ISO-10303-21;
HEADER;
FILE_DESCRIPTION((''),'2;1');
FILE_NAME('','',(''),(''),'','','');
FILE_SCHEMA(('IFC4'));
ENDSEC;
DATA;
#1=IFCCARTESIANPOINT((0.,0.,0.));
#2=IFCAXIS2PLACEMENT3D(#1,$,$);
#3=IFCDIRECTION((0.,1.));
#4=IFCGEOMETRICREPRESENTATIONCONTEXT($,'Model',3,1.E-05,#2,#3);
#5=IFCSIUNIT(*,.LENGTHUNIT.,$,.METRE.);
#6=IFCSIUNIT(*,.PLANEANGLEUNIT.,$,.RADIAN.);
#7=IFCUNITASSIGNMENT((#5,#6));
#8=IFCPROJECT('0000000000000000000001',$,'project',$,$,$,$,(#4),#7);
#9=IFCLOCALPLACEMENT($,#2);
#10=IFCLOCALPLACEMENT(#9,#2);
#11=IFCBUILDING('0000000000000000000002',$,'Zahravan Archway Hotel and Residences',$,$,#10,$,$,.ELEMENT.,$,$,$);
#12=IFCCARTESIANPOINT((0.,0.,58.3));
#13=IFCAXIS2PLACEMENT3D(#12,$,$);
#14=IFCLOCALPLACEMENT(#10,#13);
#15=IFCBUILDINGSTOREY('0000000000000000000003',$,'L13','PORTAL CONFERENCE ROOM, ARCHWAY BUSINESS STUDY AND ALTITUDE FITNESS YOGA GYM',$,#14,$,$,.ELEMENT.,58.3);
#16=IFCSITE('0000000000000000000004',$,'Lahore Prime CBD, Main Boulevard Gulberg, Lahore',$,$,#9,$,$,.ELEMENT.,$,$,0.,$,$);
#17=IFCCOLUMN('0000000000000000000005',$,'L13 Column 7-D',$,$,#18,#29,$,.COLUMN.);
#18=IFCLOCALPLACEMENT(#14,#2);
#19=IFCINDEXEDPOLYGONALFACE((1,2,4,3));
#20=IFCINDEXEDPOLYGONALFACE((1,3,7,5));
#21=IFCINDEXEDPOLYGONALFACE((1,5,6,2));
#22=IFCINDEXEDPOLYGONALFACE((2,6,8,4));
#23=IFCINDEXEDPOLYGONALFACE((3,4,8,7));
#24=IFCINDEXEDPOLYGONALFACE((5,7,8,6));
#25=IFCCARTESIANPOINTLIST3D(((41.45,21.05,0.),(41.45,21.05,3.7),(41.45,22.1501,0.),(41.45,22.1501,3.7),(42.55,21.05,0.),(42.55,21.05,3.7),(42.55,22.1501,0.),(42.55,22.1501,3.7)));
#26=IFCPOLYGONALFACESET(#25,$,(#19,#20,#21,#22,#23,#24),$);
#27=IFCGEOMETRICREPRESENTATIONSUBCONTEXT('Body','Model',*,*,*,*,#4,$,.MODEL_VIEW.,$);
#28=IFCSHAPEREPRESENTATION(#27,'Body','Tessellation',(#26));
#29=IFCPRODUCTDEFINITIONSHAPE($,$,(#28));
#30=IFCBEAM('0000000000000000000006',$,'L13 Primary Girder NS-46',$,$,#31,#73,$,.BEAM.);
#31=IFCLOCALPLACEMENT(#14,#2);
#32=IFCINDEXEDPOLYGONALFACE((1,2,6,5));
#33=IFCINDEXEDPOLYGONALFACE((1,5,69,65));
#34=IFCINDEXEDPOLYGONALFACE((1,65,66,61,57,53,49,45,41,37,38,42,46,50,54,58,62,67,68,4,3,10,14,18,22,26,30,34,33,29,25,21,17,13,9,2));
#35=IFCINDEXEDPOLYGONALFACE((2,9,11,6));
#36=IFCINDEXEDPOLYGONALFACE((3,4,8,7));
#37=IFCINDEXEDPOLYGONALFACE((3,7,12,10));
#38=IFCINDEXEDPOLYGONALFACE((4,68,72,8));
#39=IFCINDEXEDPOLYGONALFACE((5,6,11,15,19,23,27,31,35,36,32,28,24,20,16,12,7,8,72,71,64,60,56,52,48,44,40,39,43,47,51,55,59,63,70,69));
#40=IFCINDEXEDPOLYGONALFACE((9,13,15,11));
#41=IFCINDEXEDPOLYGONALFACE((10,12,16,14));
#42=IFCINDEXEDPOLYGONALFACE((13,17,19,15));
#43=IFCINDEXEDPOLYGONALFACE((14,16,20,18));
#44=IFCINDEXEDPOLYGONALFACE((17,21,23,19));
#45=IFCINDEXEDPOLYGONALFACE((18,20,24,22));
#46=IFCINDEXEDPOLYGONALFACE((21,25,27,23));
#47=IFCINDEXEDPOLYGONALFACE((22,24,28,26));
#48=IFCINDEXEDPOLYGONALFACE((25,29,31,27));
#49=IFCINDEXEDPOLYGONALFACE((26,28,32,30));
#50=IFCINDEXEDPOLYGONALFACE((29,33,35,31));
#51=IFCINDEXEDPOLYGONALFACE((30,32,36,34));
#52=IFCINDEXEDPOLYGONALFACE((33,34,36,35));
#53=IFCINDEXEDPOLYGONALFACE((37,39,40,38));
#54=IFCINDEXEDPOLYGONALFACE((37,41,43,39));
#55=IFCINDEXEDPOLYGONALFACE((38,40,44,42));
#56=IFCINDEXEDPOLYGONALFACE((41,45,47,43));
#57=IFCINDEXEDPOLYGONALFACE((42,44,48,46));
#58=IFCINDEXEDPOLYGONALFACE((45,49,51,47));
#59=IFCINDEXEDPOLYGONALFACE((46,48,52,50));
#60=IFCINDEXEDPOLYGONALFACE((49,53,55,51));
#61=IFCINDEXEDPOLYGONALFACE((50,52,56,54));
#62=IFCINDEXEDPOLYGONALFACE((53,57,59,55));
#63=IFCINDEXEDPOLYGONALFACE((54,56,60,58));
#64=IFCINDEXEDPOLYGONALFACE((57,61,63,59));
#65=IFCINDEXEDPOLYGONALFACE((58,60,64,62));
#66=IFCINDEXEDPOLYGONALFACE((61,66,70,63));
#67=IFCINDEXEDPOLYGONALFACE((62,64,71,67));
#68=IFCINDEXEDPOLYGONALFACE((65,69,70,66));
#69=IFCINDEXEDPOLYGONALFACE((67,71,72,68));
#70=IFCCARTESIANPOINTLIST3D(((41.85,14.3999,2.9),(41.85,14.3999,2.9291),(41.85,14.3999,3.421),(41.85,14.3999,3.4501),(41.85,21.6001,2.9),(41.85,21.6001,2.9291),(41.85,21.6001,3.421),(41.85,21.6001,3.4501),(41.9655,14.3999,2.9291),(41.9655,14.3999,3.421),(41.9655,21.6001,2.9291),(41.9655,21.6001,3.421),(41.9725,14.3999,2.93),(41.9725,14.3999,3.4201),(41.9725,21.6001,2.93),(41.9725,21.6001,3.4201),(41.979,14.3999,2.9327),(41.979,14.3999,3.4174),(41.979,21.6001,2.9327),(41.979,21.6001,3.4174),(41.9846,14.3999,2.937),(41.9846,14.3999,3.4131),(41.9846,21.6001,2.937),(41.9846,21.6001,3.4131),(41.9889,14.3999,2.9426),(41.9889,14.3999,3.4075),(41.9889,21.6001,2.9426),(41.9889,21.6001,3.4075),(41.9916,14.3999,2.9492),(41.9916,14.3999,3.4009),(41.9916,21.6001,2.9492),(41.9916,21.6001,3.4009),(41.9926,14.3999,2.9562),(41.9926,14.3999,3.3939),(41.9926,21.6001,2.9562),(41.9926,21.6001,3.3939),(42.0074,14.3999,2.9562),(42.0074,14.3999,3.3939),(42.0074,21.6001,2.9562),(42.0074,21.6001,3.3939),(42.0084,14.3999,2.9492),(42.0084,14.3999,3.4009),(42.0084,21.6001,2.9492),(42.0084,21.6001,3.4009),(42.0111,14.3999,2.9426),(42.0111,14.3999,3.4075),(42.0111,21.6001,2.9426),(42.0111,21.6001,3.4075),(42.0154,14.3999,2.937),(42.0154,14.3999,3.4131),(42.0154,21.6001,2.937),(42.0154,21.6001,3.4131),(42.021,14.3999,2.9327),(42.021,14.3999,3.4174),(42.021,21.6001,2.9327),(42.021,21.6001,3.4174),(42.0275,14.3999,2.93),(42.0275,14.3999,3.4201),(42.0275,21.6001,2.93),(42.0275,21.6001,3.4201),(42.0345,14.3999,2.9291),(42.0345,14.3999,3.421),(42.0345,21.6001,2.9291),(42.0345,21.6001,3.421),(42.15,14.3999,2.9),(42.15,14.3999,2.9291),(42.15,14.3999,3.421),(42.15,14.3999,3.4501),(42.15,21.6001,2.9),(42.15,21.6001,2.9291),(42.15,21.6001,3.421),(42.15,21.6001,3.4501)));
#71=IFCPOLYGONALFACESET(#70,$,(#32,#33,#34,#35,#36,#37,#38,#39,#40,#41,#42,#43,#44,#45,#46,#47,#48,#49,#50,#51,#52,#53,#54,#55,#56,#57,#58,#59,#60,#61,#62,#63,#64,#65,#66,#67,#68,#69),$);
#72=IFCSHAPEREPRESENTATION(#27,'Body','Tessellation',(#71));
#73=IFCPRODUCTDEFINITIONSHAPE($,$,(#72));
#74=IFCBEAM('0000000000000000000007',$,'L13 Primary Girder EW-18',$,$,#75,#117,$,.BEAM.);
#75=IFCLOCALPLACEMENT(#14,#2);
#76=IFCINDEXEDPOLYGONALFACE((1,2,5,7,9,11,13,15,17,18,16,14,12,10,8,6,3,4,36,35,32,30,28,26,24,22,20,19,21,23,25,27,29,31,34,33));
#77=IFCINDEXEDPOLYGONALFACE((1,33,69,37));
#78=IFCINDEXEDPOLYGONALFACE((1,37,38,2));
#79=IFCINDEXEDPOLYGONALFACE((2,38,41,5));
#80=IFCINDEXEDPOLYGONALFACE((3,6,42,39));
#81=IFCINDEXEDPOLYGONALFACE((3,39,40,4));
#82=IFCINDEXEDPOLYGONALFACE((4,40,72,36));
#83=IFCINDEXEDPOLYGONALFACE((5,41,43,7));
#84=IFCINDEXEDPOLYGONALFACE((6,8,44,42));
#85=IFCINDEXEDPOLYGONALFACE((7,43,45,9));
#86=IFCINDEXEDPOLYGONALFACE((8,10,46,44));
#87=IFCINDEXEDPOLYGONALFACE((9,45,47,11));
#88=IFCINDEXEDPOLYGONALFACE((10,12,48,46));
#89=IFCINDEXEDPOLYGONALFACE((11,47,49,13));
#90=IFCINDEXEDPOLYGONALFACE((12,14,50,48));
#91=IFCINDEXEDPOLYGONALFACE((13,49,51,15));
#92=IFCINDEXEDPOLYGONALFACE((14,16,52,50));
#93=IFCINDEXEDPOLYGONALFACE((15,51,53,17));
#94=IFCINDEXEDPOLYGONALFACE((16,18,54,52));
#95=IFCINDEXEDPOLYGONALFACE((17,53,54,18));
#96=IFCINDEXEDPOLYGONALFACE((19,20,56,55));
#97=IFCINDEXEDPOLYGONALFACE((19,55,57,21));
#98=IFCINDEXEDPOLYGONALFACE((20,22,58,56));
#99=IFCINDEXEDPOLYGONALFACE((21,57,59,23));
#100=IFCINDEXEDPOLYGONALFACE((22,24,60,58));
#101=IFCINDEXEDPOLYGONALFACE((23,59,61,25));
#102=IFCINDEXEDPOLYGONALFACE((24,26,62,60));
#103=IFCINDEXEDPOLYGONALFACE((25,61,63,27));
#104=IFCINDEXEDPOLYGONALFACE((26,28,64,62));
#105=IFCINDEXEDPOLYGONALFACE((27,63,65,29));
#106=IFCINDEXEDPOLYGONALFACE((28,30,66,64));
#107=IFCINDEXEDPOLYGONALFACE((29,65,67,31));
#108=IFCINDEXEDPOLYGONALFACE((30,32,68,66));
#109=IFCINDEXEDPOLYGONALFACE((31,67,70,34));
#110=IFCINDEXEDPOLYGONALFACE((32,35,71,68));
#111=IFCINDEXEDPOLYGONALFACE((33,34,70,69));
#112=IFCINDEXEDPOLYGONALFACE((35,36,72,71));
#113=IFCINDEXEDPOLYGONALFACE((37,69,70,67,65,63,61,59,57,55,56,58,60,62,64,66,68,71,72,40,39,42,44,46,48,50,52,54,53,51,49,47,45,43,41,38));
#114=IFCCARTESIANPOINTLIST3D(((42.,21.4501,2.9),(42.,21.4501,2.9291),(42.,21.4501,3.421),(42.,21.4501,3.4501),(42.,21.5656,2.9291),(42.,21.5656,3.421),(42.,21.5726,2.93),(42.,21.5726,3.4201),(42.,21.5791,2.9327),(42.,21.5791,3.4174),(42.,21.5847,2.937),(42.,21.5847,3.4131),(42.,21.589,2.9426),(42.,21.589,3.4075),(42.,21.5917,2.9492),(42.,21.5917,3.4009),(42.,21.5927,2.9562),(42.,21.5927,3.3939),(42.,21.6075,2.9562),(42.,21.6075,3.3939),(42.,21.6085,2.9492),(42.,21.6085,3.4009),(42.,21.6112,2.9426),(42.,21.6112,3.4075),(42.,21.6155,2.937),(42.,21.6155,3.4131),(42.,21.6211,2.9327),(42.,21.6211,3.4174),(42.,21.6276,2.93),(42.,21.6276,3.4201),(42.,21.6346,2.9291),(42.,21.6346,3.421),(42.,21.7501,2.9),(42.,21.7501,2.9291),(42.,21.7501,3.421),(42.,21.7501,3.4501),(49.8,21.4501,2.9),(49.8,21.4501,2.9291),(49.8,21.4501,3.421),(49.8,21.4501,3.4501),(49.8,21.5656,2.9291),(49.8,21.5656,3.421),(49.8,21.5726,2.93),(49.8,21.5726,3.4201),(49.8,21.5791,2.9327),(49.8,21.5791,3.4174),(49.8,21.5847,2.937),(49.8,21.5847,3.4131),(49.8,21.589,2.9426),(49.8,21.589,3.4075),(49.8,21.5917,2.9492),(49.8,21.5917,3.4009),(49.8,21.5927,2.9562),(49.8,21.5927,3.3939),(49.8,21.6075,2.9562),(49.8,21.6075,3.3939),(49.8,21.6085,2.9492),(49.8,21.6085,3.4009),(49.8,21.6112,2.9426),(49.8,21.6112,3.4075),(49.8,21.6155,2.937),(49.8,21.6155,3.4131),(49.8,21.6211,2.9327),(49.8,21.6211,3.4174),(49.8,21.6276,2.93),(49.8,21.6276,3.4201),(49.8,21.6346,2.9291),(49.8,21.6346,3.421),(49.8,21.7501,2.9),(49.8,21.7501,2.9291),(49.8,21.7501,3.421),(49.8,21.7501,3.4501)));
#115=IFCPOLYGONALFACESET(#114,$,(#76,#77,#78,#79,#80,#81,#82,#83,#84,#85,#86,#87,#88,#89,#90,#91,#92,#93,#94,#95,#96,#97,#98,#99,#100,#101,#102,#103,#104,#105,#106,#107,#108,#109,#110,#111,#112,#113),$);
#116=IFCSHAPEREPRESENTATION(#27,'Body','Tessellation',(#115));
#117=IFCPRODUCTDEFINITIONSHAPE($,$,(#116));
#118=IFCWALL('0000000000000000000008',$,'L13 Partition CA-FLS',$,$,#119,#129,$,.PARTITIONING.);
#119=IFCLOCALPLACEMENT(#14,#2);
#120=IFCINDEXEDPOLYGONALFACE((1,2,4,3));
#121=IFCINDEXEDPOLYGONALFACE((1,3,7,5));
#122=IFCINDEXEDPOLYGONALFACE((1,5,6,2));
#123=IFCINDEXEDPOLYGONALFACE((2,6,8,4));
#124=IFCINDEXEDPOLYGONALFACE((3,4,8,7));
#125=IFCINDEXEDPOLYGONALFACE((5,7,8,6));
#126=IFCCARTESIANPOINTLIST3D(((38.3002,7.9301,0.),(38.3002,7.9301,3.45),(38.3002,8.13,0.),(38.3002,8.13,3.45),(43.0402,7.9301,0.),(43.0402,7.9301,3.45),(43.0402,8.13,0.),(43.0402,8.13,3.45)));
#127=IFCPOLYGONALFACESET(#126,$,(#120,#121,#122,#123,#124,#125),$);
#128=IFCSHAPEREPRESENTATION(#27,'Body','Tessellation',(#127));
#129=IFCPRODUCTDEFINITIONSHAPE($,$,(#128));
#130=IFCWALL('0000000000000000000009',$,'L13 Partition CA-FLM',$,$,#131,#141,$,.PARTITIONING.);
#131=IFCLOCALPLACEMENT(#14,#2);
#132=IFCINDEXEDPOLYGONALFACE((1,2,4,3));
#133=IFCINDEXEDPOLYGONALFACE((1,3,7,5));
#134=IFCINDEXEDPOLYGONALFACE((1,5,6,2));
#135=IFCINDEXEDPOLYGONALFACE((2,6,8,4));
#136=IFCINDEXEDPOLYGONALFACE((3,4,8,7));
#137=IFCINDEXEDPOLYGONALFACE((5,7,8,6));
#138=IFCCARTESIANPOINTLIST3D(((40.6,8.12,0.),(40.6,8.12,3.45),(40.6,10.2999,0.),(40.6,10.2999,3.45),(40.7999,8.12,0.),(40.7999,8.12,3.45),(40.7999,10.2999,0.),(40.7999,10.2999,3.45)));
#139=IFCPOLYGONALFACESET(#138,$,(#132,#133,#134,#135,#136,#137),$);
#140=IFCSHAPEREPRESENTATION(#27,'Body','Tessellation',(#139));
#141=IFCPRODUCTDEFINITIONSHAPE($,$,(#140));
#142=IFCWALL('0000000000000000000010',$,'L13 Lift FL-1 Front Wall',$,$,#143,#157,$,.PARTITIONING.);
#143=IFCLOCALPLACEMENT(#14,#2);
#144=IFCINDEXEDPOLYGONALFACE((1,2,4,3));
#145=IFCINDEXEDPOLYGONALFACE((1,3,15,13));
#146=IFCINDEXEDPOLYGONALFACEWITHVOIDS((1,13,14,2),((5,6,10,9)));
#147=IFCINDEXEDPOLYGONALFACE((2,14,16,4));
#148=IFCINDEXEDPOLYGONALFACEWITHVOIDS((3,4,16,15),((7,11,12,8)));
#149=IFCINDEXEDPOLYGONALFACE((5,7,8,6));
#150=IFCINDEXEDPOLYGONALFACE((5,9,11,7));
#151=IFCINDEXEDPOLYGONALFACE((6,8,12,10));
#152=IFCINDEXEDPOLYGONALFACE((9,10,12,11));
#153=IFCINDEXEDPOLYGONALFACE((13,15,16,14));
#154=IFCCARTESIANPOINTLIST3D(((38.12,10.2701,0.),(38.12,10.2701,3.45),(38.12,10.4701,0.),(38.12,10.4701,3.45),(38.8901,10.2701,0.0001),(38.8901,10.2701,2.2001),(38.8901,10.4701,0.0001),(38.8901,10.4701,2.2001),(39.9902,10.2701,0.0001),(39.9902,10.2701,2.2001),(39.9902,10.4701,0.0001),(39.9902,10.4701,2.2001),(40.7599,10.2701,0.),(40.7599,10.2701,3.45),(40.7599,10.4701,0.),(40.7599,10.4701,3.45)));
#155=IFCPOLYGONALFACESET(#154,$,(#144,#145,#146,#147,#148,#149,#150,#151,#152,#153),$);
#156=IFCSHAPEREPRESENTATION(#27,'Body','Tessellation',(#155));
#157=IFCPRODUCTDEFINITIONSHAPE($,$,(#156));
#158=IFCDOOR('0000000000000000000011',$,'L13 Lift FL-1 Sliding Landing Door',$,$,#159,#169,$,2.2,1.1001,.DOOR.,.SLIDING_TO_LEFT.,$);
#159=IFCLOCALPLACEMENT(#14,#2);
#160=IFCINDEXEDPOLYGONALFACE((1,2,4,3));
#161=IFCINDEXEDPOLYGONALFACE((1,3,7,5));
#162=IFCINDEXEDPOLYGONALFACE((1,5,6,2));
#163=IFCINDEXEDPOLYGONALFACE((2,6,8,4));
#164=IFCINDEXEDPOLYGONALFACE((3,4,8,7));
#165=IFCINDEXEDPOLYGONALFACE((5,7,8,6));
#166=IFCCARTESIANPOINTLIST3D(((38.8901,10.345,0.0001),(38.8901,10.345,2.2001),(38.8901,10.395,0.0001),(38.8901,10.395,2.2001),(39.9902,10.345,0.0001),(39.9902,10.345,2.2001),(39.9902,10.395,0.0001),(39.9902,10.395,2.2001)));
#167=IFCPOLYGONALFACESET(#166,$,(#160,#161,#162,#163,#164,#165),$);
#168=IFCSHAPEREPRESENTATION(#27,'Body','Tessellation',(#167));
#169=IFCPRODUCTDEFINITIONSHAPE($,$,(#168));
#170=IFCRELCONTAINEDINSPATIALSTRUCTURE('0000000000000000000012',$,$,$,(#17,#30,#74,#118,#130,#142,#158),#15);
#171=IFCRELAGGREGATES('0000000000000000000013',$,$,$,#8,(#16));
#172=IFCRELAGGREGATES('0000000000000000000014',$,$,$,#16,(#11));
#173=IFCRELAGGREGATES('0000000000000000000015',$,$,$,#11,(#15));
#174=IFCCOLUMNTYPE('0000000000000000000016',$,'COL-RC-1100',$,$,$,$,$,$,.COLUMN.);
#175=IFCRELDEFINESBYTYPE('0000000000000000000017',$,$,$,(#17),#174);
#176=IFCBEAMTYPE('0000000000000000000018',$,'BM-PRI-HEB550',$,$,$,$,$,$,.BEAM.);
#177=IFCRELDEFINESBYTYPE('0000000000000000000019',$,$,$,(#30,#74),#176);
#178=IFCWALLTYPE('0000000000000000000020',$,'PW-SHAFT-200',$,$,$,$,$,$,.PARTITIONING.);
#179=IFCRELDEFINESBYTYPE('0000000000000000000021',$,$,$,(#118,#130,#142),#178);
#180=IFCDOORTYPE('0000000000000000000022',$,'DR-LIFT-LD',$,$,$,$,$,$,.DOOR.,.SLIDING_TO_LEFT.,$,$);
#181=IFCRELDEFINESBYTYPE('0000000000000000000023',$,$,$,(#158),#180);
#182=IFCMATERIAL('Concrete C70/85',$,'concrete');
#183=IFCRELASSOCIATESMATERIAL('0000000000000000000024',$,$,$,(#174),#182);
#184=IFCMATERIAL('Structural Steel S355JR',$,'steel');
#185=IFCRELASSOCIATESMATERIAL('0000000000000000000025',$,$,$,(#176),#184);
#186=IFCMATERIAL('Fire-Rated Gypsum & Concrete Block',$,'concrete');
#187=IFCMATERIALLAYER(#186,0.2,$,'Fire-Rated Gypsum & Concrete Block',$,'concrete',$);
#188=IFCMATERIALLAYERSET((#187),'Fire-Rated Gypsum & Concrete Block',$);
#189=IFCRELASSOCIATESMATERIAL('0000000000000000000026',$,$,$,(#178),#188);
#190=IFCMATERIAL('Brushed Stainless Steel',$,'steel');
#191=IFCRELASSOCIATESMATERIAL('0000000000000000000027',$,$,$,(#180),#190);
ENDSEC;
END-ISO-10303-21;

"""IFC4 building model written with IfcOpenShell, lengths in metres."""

from ifc_helpers import new_model, si_unit, direction, frame, frame_2d, origin, origin_2d, place, context, subcontext, project, spatial, rectangle, i_section, extrude, source, transform, mapped, material, layer, layer_set, material_profile, profile_set, type_object, type_shapes, element, fill, save


model = new_model("IFC4")

# Units and contexts
model_context = context("Model", 3, precision=1e-05, world=origin(), true_north=direction((0.0, 1.0)))
body_context = subcontext(model_context, "Body", "Model", "MODEL_VIEW")
ifc_project = project(units=[si_unit("LENGTHUNIT", "METRE"), si_unit("PLANEANGLEUNIT", "RADIAN")], contexts=[model_context])

# Site, building, storey
site_placement = place(None, origin())
site = spatial("IfcSite", under=ifc_project, at=site_placement, Name="Lahore Prime CBD, Main Boulevard Gulberg, Lahore", CompositionType="ELEMENT", RefElevation=0.0)
building_placement = place(site_placement, origin())
building = spatial("IfcBuilding", under=site, at=building_placement, Name="Zahravan Archway Hotel and Residences", CompositionType="ELEMENT")
storey_placement = place(building_placement, frame((0.0, 0.0, 58.3)))
storey = spatial("IfcBuildingStorey", under=building, at=storey_placement, Name="L13", Description="PORTAL CONFERENCE ROOM, ARCHWAY BUSINESS STUDY AND ALTITUDE FITNESS YOGA GYM", CompositionType="ELEMENT", Elevation=58.3)

# Column
ifc_material_1 = material(Name="Concrete C70/85", Category="concrete")
ifc_material_profile_1 = material_profile(ifc_material_1, rectangle(XDim=1.1001, YDim=1.1001, at=origin_2d()), Name="RC 1100x1100", Category="concrete")
ifc_profile_set_1 = profile_set([ifc_material_profile_1], Name="Concrete C70/85")
column_type = type_object("IfcColumnType", Name="COL-RC-1100", PredefinedType="COLUMN", material=ifc_profile_set_1)
shared_shape_1 = source(origin(), body_context, "Body", "SweptSolid", [
    extrude(rectangle(XDim=1.1001, YDim=1.1001, at=origin_2d()), origin(), (0.0, 0.0, 1.0), 3.7),
])
column_placement = place(storey_placement, frame((42.0, 21.6001, 0.0), z_axis=(0.0, 0.0, 1.0), x_axis=(1.0, 0.0, 0.0)))
element("IfcColumn", 1, at=column_placement, inside=storey, type_object=column_type, Name="L13 Column 7-D", PredefinedType="COLUMN", context=body_context, shape_type="MappedRepresentation", body=[
    mapped(shared_shape_1, transform((0.0, 0.0, 0.0), scale=1.0)),
])

# Beams
ifc_material_2 = material(Name="Structural Steel S355JR", Category="steel")
ifc_material_profile_2 = material_profile(ifc_material_2, i_section(OverallWidth=0.3, OverallDepth=0.55, WebThickness=0.0149, FlangeThickness=0.0291, FilletRadius=0.0271, at=origin_2d()), Name="HEB 550", Category="steel")
ifc_profile_set_2 = profile_set([ifc_material_profile_2], Name="Structural Steel S355JR")
beam_type = type_object("IfcBeamType", Name="BM-PRI-HEB550", PredefinedType="BEAM", material=ifc_profile_set_2)
shared_shape_2 = source(origin(), body_context, "Body", "SweptSolid", [
    extrude(i_section(OverallWidth=0.3, OverallDepth=0.55, WebThickness=0.0149, FlangeThickness=0.0291, FilletRadius=0.0271, at=origin_2d()), origin(), (0.0, 0.0, 1.0), 7.2002),
])
type_shapes(beam_type, [shared_shape_2])
beam_1_placement = place(storey_placement, frame((42.0, 14.3999, 3.175), z_axis=(0.0, 1.0, 0.0), x_axis=(-1.0, 0.0, 0.0)))
element("IfcBeam", 2, at=beam_1_placement, inside=storey, type_object=beam_type, Name="L13 Primary Girder NS-46", PredefinedType="BEAM", context=body_context, shape_type="MappedRepresentation", body=[
    mapped(shared_shape_2, transform((0.0, 0.0, 0.0), scale=1.0)),
])
shared_shape_3 = source(origin(), body_context, "Body", "SweptSolid", [
    extrude(i_section(OverallWidth=0.3, OverallDepth=0.55, WebThickness=0.0149, FlangeThickness=0.0291, FilletRadius=0.0271, at=origin_2d()), origin(), (0.0, 0.0, 1.0), 7.8),
])
beam_2_placement = place(storey_placement, frame((42.0, 21.6001, 3.175), z_axis=(1.0, 0.0, 0.0), x_axis=(0.0, 1.0, 0.0)))
element("IfcBeam", 3, at=beam_2_placement, inside=storey, type_object=beam_type, Name="L13 Primary Girder EW-18", PredefinedType="BEAM", context=body_context, shape_type="MappedRepresentation", body=[
    mapped(shared_shape_3, transform((0.0, 0.0, 0.0), scale=1.0)),
])

# Shared definitions
ifc_material_3 = material(Name="Fire-Rated Gypsum & Concrete Block", Category="concrete")

# Walls
ifc_layer_1 = layer(ifc_material_3, 0.2, Name="Fire-Rated Gypsum & Concrete Block", Category="concrete")
ifc_layer_set_1 = layer_set([ifc_layer_1], Name="Fire-Rated Gypsum & Concrete Block")
wall_type_1 = type_object("IfcWallType", Name="PW-SHAFT-200", PredefinedType="PARTITIONING", material=ifc_layer_set_1)
wall_1_placement = place(storey_placement, frame((38.3, 8.03, 0.0), z_axis=(0.0, 0.0, 1.0), x_axis=(1.0, 0.0, 0.0)))
element("IfcWall", 4, at=wall_1_placement, inside=storey, type_object=wall_type_1, Name="L13 Partition CA-FLS", PredefinedType="PARTITIONING", context=body_context, shape_type="SweptSolid", body=[
    extrude(rectangle(XDim=4.74, YDim=0.2, at=frame_2d((2.3701, 0.0))), origin(), (0.0, 0.0, 1.0), 3.45),
])
wall_2_placement = place(storey_placement, frame((40.7, 8.1201, 0.0), z_axis=(0.0, 0.0, 1.0), x_axis=(0.0, 1.0, 0.0)))
element("IfcWall", 5, at=wall_2_placement, inside=storey, type_object=wall_type_1, Name="L13 Partition CA-FLM", PredefinedType="PARTITIONING", context=body_context, shape_type="SweptSolid", body=[
    extrude(rectangle(XDim=2.1799, YDim=0.2, at=frame_2d((1.0898, 0.0))), origin(), (0.0, 0.0, 1.0), 3.45),
])

# Wall, opening, door
wall_3_placement = place(storey_placement, frame((38.1201, 10.3701, 0.0), z_axis=(0.0, 0.0, 1.0), x_axis=(1.0, 0.0, 0.0)))
wall_3 = element("IfcWall", 6, at=wall_3_placement, inside=storey, type_object=wall_type_1, Name="L13 Lift FL-1 Front Wall", PredefinedType="PARTITIONING", context=body_context, shape_type="SweptSolid", body=[
    extrude(rectangle(XDim=2.6399, YDim=0.2, at=frame_2d((1.3198, 0.0))), origin(), (0.0, 0.0, 1.0), 3.45),
])
opening_1_placement = place(wall_3_placement, frame((0.77, 0.0, 0.0)))
opening_1 = element("IfcOpeningElement", 7, at=opening_1_placement, cuts=wall_3, PredefinedType="OPENING", context=body_context, shape_type="SweptSolid", body=[
    extrude(rectangle(XDim=1.1001, YDim=2.2, at=frame_2d((0.55, 1.1001))), frame((0.0, 0.1099, 0.0), z_axis=(0.0, -1.0, 0.0), x_axis=(1.0, 0.0, 0.0)), (0.0, 0.0, 1.0), 0.22),
])
ifc_material_4 = material(Name="Brushed Stainless Steel", Category="steel")
door_type_1 = type_object("IfcDoorType", Name="DR-LIFT-LD", OperationType="SLIDING_TO_LEFT", PredefinedType="DOOR", material=ifc_material_4)
shared_shape_4 = source(origin(), body_context, "Body", "SweptSolid", [
    extrude(rectangle(XDim=1.1001, YDim=2.2, at=frame_2d((0.55, 1.1001))), frame((0.0, 0.0249, 0.0), z_axis=(0.0, -1.0, 0.0), x_axis=(1.0, 0.0, 0.0)), (0.0, 0.0, 1.0), 0.05),
])
type_shapes(door_type_1, [shared_shape_4])
door_1_placement = place(opening_1_placement, origin())
door_1 = element("IfcDoor", 8, at=door_1_placement, inside=storey, type_object=door_type_1, Name="L13 Lift FL-1 Sliding Landing Door", OperationType="SLIDING_TO_LEFT", OverallHeight=2.2, OverallWidth=1.1001, PredefinedType="DOOR", context=body_context, shape_type="MappedRepresentation", body=[
    mapped(shared_shape_4, transform((0.0, 0.0, 0.0), scale=1.0)),
])
fill(opening_1, door_1)

save(model, "model.ifc")
